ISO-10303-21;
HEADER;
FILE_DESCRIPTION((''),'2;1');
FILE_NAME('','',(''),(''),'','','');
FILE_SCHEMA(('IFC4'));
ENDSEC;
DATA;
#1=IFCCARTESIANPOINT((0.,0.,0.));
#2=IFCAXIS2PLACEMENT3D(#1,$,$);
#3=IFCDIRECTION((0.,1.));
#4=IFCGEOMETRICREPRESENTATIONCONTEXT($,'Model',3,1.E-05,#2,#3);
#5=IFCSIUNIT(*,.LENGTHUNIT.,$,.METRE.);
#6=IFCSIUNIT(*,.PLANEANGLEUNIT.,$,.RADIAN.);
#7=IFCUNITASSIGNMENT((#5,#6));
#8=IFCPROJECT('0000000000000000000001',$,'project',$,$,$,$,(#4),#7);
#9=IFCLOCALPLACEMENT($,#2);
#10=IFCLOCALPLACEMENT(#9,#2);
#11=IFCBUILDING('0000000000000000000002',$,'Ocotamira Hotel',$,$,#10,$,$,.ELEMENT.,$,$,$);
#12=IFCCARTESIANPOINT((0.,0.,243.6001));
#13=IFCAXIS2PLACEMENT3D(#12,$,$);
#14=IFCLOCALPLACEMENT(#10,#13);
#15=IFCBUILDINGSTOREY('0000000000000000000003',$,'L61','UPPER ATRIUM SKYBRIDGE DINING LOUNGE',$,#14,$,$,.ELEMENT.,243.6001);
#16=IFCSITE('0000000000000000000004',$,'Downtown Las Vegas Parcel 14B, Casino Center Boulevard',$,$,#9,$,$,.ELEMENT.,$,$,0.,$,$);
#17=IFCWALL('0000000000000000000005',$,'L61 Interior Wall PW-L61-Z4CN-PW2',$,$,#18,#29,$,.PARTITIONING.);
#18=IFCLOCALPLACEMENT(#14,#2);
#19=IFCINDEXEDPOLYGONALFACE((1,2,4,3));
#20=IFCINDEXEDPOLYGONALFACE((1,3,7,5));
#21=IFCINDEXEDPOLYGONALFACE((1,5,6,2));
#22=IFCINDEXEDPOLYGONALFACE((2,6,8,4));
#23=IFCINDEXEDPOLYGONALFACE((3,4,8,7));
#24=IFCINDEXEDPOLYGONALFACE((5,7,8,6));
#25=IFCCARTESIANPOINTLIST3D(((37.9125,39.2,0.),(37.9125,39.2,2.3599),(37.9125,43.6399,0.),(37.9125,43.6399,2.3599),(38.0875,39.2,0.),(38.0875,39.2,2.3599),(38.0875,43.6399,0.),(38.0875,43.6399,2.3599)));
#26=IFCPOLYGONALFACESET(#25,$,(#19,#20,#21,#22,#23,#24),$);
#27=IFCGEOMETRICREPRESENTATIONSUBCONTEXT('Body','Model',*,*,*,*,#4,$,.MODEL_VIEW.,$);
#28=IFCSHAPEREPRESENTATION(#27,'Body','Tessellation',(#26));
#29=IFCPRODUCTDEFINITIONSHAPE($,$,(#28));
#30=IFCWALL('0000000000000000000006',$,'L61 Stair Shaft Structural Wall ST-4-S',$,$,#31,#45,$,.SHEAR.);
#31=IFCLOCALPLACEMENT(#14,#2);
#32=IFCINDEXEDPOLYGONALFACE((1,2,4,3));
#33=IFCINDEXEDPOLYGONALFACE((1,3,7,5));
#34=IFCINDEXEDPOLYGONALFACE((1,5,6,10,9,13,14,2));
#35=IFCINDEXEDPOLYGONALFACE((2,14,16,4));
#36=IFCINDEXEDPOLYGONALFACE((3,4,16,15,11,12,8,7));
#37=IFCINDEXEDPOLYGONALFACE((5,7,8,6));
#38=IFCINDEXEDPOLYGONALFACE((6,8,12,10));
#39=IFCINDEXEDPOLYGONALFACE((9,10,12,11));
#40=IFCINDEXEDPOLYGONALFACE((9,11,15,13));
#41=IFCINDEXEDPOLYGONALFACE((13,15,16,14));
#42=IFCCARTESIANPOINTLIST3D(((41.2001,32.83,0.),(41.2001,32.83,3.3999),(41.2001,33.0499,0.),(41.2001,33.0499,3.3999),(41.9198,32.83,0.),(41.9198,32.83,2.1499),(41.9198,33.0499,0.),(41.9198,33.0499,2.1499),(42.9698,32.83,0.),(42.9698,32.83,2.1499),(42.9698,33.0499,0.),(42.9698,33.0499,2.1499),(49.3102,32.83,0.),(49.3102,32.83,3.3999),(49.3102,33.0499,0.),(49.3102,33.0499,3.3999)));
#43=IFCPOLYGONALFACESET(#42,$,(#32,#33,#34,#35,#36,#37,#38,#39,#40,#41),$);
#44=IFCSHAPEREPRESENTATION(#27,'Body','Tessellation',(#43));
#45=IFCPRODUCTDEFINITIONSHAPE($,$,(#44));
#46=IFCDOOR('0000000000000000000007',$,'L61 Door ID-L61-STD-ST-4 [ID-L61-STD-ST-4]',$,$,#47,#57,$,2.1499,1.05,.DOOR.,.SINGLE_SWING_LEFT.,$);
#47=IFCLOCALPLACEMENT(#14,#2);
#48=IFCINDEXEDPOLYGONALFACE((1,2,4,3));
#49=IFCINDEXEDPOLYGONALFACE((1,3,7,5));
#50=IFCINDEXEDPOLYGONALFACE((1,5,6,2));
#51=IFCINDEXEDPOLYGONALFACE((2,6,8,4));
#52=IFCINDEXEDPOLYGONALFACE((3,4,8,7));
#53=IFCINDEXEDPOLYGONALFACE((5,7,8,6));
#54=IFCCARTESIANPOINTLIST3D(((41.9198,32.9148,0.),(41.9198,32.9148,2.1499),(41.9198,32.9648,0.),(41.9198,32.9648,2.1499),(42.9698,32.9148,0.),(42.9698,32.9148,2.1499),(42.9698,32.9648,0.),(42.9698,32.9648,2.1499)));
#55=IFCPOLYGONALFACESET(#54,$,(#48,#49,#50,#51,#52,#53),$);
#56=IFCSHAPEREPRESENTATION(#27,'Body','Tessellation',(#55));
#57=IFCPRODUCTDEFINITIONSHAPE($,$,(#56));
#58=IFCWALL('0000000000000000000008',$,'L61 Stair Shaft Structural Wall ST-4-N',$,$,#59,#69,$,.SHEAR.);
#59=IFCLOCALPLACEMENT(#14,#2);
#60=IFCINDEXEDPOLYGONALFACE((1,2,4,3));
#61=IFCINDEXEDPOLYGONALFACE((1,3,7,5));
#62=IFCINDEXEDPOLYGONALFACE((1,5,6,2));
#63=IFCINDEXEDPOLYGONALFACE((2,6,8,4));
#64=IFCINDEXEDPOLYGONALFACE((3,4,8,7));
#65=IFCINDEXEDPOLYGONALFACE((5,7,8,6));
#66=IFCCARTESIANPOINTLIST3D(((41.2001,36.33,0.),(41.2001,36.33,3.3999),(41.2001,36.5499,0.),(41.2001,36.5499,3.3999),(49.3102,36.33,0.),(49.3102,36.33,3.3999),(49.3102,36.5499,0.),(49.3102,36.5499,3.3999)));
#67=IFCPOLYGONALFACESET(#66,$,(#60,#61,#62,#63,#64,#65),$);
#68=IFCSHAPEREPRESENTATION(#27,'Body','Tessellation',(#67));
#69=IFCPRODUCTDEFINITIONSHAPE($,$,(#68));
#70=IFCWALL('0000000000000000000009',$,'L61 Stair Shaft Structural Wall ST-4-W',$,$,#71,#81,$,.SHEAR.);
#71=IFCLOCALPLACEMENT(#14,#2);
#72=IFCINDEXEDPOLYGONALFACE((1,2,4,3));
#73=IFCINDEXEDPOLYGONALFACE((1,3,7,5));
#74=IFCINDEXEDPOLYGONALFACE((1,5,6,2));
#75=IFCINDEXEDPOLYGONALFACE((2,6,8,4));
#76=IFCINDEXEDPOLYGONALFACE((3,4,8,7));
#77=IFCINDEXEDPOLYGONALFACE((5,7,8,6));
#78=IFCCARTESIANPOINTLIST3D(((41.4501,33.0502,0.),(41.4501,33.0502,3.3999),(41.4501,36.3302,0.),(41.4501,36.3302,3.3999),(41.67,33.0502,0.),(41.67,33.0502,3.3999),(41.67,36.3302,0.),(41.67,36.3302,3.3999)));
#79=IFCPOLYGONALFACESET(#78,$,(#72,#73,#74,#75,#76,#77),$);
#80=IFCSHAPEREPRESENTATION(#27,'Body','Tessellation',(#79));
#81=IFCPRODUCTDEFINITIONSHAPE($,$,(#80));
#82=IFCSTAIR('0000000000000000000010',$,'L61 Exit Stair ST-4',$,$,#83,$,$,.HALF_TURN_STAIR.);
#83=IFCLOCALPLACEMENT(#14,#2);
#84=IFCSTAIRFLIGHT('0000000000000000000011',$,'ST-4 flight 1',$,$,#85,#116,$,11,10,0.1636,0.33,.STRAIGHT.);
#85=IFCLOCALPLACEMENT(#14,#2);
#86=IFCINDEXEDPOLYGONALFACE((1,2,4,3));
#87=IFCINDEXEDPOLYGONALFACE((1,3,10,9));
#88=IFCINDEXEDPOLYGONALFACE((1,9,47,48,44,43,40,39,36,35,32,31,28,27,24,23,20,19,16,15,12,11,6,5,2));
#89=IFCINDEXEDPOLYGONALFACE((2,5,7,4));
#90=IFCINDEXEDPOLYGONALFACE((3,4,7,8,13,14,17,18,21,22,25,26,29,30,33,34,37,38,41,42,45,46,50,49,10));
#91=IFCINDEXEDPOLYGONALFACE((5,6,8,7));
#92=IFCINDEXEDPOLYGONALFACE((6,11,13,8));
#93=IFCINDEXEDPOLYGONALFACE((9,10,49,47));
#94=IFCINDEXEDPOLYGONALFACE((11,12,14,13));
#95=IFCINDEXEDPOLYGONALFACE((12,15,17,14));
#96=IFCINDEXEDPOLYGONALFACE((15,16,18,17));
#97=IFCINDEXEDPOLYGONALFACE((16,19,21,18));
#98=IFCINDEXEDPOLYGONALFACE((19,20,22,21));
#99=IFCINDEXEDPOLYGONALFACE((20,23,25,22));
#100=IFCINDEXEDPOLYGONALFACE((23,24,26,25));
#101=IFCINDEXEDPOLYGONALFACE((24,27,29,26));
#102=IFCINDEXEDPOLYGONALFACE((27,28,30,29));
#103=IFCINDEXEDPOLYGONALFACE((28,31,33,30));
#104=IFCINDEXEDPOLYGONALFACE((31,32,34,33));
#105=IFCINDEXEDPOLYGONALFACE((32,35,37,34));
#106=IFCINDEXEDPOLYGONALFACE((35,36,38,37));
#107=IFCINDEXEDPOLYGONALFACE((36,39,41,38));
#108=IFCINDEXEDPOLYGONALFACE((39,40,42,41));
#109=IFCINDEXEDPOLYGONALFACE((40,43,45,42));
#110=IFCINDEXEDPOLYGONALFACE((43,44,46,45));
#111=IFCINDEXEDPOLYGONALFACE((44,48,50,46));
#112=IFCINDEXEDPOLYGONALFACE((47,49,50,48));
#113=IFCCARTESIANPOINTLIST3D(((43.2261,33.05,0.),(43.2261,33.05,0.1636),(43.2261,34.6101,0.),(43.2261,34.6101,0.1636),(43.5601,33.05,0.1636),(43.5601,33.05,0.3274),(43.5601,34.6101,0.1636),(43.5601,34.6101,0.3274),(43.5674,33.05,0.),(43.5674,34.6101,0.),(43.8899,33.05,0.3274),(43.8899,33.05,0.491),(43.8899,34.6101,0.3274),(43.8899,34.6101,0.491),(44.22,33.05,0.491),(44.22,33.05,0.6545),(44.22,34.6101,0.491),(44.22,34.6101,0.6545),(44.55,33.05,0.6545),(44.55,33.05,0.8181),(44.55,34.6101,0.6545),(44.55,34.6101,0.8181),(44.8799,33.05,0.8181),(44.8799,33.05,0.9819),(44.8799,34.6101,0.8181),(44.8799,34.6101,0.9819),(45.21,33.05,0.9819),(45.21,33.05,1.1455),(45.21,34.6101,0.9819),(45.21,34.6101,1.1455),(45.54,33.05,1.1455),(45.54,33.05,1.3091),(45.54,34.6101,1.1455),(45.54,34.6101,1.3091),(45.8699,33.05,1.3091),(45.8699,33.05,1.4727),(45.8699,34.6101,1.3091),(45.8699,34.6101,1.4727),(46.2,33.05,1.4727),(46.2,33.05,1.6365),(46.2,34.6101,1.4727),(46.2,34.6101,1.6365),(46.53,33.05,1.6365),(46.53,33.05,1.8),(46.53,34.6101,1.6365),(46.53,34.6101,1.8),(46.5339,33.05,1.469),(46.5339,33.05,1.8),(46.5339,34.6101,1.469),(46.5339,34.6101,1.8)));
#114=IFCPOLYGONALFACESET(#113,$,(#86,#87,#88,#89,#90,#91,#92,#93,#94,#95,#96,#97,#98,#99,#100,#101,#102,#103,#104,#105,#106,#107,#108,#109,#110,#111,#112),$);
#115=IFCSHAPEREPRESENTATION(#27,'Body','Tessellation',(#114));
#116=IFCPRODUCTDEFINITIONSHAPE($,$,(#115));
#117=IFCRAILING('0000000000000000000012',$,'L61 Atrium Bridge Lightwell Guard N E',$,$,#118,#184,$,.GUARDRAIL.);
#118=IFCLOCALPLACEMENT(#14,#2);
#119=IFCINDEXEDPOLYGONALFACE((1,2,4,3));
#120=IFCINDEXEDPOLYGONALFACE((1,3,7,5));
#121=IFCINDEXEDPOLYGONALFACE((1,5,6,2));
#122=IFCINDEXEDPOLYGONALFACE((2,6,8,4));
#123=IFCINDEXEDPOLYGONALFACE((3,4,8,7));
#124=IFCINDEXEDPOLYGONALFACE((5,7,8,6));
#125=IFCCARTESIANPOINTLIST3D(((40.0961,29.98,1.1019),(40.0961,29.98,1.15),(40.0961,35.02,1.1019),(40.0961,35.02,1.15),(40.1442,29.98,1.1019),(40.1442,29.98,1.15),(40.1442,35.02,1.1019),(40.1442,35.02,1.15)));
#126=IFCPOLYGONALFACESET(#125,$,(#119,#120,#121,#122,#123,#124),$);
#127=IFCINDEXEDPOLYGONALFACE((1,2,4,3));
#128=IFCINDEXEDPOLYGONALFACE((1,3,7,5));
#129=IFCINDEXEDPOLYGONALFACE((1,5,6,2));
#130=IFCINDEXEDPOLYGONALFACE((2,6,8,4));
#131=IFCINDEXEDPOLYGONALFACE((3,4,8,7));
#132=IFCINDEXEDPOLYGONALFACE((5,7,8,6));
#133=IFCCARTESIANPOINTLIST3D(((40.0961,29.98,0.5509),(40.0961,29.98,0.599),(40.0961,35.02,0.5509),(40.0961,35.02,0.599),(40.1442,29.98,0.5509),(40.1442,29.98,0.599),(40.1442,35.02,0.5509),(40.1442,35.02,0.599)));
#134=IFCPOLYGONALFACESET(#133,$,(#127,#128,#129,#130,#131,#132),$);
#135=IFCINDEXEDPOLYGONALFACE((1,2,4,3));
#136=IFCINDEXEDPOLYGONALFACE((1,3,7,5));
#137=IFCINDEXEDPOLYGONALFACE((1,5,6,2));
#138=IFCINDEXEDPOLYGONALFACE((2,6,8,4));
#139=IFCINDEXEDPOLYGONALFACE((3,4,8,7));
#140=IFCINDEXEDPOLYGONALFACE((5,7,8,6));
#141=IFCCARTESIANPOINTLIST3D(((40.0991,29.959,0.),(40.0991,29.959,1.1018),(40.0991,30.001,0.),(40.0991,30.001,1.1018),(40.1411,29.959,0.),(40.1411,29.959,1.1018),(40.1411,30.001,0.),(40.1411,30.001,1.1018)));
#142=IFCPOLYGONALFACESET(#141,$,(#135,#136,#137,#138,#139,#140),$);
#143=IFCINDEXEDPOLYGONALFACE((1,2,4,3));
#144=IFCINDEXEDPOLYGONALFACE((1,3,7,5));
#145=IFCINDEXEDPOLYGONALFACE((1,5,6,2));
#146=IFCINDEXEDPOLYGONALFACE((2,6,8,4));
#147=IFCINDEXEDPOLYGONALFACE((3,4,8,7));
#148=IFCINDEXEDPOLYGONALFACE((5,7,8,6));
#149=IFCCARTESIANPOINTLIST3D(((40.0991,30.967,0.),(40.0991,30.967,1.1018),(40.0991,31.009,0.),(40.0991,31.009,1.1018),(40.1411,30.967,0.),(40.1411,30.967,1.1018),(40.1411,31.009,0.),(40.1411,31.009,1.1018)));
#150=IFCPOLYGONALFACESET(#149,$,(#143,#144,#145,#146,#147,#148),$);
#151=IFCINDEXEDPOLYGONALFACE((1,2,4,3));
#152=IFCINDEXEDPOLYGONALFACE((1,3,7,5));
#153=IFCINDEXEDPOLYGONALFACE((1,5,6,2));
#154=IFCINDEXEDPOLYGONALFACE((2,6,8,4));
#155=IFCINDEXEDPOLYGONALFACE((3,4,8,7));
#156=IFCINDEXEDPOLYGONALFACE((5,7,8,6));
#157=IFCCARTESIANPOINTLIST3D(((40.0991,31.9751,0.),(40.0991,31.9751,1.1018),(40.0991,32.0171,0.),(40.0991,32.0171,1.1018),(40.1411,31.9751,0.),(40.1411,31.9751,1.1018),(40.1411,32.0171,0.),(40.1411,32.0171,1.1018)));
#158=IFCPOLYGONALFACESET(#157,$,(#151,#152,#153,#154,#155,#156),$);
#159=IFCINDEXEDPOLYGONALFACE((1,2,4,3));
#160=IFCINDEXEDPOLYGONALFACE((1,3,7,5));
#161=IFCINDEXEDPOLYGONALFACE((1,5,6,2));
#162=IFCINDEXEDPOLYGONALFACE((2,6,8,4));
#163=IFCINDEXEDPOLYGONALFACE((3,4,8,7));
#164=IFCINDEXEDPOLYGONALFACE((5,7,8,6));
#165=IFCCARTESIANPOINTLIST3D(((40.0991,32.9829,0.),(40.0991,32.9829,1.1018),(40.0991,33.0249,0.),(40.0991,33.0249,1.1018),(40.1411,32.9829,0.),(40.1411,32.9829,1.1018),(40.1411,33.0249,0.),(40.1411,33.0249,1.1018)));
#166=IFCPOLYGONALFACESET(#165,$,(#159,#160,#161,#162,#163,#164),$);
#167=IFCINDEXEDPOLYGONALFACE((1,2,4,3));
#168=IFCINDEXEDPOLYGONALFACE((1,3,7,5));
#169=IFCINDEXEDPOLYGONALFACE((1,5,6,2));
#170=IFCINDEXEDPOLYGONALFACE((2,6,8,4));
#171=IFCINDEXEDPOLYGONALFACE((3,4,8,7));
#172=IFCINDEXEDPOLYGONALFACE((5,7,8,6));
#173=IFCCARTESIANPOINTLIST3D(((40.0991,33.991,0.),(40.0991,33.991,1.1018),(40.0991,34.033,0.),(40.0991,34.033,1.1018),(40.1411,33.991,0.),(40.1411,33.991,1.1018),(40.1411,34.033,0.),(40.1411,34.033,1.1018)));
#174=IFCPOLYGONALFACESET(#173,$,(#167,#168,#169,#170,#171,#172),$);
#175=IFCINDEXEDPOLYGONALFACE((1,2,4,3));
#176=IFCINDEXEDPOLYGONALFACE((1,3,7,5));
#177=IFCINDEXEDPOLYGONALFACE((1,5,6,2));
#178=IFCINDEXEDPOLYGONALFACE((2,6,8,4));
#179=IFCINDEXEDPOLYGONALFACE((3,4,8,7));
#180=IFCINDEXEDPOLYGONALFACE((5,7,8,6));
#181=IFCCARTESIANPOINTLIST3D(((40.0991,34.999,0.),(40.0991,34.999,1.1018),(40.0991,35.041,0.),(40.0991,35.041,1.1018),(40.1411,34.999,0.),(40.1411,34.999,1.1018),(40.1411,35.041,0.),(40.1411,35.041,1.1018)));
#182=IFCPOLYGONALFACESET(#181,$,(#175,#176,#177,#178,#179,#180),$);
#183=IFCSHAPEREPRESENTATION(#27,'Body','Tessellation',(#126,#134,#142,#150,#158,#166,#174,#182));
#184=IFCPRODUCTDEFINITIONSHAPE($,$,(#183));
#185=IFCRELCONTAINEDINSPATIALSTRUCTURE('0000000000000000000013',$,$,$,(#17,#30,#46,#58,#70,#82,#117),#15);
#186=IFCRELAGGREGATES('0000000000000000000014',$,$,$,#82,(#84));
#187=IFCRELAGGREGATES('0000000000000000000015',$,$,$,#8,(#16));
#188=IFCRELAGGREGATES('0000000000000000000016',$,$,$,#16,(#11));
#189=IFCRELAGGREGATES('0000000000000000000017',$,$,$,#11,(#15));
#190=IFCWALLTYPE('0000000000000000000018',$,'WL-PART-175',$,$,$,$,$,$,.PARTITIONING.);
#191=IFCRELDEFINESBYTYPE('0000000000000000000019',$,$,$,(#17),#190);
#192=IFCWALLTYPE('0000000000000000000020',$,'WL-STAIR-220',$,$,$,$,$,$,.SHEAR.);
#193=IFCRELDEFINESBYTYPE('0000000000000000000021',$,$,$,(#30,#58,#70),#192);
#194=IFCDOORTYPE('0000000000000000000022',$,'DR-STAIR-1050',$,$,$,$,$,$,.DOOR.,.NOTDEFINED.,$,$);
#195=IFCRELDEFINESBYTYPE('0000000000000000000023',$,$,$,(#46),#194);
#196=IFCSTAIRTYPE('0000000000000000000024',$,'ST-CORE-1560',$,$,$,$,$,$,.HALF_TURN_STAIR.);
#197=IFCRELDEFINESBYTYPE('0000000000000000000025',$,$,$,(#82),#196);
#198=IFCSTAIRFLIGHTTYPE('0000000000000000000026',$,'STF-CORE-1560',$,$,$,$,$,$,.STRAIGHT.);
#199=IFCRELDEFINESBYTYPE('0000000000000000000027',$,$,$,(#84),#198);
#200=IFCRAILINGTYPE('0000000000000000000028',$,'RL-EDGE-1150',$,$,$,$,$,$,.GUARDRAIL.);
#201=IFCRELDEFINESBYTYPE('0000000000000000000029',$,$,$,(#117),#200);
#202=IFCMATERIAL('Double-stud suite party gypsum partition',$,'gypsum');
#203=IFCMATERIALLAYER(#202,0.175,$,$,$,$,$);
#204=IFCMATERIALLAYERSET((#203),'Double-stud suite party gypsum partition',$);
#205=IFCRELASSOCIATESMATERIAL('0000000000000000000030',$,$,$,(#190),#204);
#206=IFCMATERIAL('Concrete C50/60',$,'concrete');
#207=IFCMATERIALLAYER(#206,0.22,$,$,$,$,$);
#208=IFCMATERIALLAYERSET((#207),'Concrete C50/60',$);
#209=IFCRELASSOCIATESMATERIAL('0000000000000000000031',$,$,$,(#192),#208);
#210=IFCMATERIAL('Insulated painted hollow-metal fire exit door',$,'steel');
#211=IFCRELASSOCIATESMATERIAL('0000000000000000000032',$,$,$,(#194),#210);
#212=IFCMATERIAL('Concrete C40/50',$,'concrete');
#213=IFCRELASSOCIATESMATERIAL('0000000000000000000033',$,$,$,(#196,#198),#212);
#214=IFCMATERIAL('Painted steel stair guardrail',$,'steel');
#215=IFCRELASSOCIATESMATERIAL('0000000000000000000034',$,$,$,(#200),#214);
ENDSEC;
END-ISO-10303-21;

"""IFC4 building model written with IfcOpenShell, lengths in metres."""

from ifc_helpers import new_model, si_unit, direction, frame, frame_2d, origin, origin_2d, place, context, subcontext, project, spatial, polyline, rectangle, outline, extrude, source, transform, mapped, material, layer, layer_set, type_object, element, fill, aggregate, save


model = new_model("IFC4")

# Units and contexts
model_context = context("Model", 3, precision=1e-05, world=origin(), true_north=direction((0.0, 1.0)))
body_context = subcontext(model_context, "Body", "Model", "MODEL_VIEW")
ifc_project = project(units=[si_unit("LENGTHUNIT", "METRE"), si_unit("PLANEANGLEUNIT", "RADIAN")], contexts=[model_context])

# Site, building, storey
site_placement = place(None, origin())
site = spatial("IfcSite", under=ifc_project, at=site_placement, Name="Downtown Las Vegas Parcel 14B, Casino Center Boulevard", CompositionType="ELEMENT", RefElevation=0.0)
building_placement = place(site_placement, origin())
building = spatial("IfcBuilding", under=site, at=building_placement, Name="Ocotamira Hotel", CompositionType="ELEMENT")
storey_placement = place(building_placement, frame((0.0, 0.0, 243.6001)))
storey = spatial("IfcBuildingStorey", under=building, at=storey_placement, Name="L61", Description="UPPER ATRIUM SKYBRIDGE DINING LOUNGE", CompositionType="ELEMENT", Elevation=243.6001)

# Shared definitions
ifc_material_1 = material(Name="Concrete C50/60", Category="concrete")

# Wall
ifc_material_2 = material(Name="Double-stud suite party gypsum partition", Category="gypsum")
ifc_layer_1 = layer(ifc_material_2, 0.175)
ifc_layer_set_1 = layer_set([ifc_layer_1], Name="Double-stud suite party gypsum partition")
wall_type_1 = type_object("IfcWallType", Name="WL-PART-175", PredefinedType="PARTITIONING", material=ifc_layer_set_1)
wall_1_placement = place(storey_placement, frame((38.0, 39.2, 0.0), z_axis=(0.0, 0.0, 1.0), x_axis=(0.0, 1.0, 0.0)))
element("IfcWall", 1, at=wall_1_placement, inside=storey, type_object=wall_type_1, Name="L61 Interior Wall PW-L61-Z4CN-PW2", PredefinedType="PARTITIONING", context=body_context, shape_type="SweptSolid", body=[
    extrude(rectangle(XDim=4.4399, YDim=0.175, at=frame_2d((2.22, 0.0))), origin(), (0.0, 0.0, 1.0), 2.3599),
])

# Wall, opening, door
ifc_layer_2 = layer(ifc_material_1, 0.22)
ifc_layer_set_2 = layer_set([ifc_layer_2], Name="Concrete C50/60")
wall_type_2 = type_object("IfcWallType", Name="WL-STAIR-220", PredefinedType="SHEAR", material=ifc_layer_set_2)
wall_2_placement = place(storey_placement, frame((41.2, 32.9399, 0.0), z_axis=(0.0, 0.0, 1.0), x_axis=(1.0, 0.0, 0.0)))
wall_2 = element("IfcWall", 2, at=wall_2_placement, inside=storey, type_object=wall_type_2, Name="L61 Stair Shaft Structural Wall ST-4-S", PredefinedType="SHEAR", context=body_context, shape_type="SweptSolid", body=[
    extrude(rectangle(XDim=8.1101, YDim=0.22, at=frame_2d((4.0552, 0.0))), origin(), (0.0, 0.0, 1.0), 3.3999),
])
opening_1_placement = place(wall_2_placement, frame((0.72, 0.0, 0.0)))
opening_1 = element("IfcOpeningElement", 3, at=opening_1_placement, cuts=wall_2, PredefinedType="OPENING", context=body_context, shape_type="SweptSolid", body=[
    extrude(rectangle(XDim=1.05, YDim=2.1499, at=frame_2d((0.5249, 1.075))), frame((0.0, 0.1201, 0.0), z_axis=(0.0, -1.0, 0.0), x_axis=(1.0, 0.0, 0.0)), (0.0, 0.0, 1.0), 0.24),
])
ifc_material_3 = material(Name="Insulated painted hollow-metal fire exit door", Category="steel")
door_type_1 = type_object("IfcDoorType", Name="DR-STAIR-1050", OperationType="NOTDEFINED", PredefinedType="DOOR", material=ifc_material_3)
shared_shape_1 = source(origin(), body_context, "Body", "SweptSolid", [
    extrude(rectangle(XDim=1.05, YDim=2.1499, at=frame_2d((0.5249, 1.075))), frame((0.0, 0.0249, 0.0), z_axis=(0.0, -1.0, 0.0), x_axis=(1.0, 0.0, 0.0)), (0.0, 0.0, 1.0), 0.05),
])
door_1_placement = place(opening_1_placement, origin())
door_1 = element("IfcDoor", 4, at=door_1_placement, inside=storey, type_object=door_type_1, Name="L61 Door ID-L61-STD-ST-4 [ID-L61-STD-ST-4]", OperationType="SINGLE_SWING_LEFT", OverallHeight=2.1499, OverallWidth=1.05, PredefinedType="DOOR", context=body_context, shape_type="MappedRepresentation", body=[
    mapped(shared_shape_1, transform((0.0, 0.0, 0.0), scale=1.0)),
])
fill(opening_1, door_1)

# Walls
wall_3_placement = place(storey_placement, frame((41.2, 36.4399, 0.0), z_axis=(0.0, 0.0, 1.0), x_axis=(1.0, 0.0, 0.0)))
element("IfcWall", 5, at=wall_3_placement, inside=storey, type_object=wall_type_2, Name="L61 Stair Shaft Structural Wall ST-4-N", PredefinedType="SHEAR", context=body_context, shape_type="SweptSolid", body=[
    extrude(rectangle(XDim=8.1101, YDim=0.22, at=frame_2d((4.0552, 0.0))), origin(), (0.0, 0.0, 1.0), 3.3999),
])
wall_4_placement = place(storey_placement, frame((41.5601, 33.05, 0.0), z_axis=(0.0, 0.0, 1.0), x_axis=(0.0, 1.0, 0.0)))
element("IfcWall", 6, at=wall_4_placement, inside=storey, type_object=wall_type_2, Name="L61 Stair Shaft Structural Wall ST-4-W", PredefinedType="SHEAR", context=body_context, shape_type="SweptSolid", body=[
    extrude(rectangle(XDim=3.28, YDim=0.22, at=frame_2d((1.6401, 0.0))), origin(), (0.0, 0.0, 1.0), 3.3999),
])

# Stair, stair flight
ifc_material_4 = material(Name="Concrete C40/50", Category="concrete")
stair_type = type_object("IfcStairType", Name="ST-CORE-1560", PredefinedType="HALF_TURN_STAIR", material=ifc_material_4)
stair_placement = place(storey_placement, origin())
stair = element("IfcStair", 7, at=stair_placement, inside=storey, type_object=stair_type, Name="L61 Exit Stair ST-4", PredefinedType="HALF_TURN_STAIR")
stair_flight_type = type_object("IfcStairFlightType", Name="STF-CORE-1560", PredefinedType="STRAIGHT", material=ifc_material_4)
shared_shape_2 = source(origin(), body_context, "Body", "SweptSolid", [
    extrude(outline(polyline([(-0.0039, 0.0), (-0.0039, 0.1636), (0.3301, 0.1636), (0.3301, 0.3274), (0.6599, 0.3274), (0.6599, 0.491), (0.99, 0.491), (0.99, 0.6545), (1.3201, 0.6545), (1.3201, 0.8181), (1.6499, 0.8181), (1.6499, 0.9819), (1.98, 0.9819), (1.98, 1.1455), (2.3101, 1.1455), (2.3101, 1.3091), (2.6399, 1.3091), (2.6399, 1.4727), (2.97, 1.4727), (2.97, 1.6365), (3.3, 1.6365), (3.3, 1.8), (3.304, 1.8), (3.304, 1.469), (0.3374, 0.0), (-0.0039, 0.0)])), frame((0.0, 0.78, 0.0), z_axis=(0.0, -1.0, 0.0), x_axis=(1.0, 0.0, 0.0)), (0.0, 0.0, 1.0), 1.5601),
])
stair_flight_placement = place(storey_placement, frame((43.23, 33.8301, 0.0), z_axis=(0.0, 0.0, 1.0), x_axis=(1.0, 0.0, 0.0)))
stair_flight = element("IfcStairFlight", 8, at=stair_flight_placement, type_object=stair_flight_type, Name="ST-4 flight 1", NumberOfRisers=11, NumberOfTreads=10, PredefinedType="STRAIGHT", RiserHeight=0.1636, TreadLength=0.33, context=body_context, shape_type="MappedRepresentation", body=[
    mapped(shared_shape_2, transform((0.0, 0.0, 0.0), scale=1.0)),
])
aggregate(stair, [stair_flight])

# Railing
ifc_material_5 = material(Name="Painted steel stair guardrail", Category="steel")
railing_type_1 = type_object("IfcRailingType", Name="RL-EDGE-1150", PredefinedType="GUARDRAIL", material=ifc_material_5)
railing_1_placement = place(storey_placement, frame((40.1201, 29.98, 0.0)))
element("IfcRailing", 9, at=railing_1_placement, inside=storey, type_object=railing_type_1, Name="L61 Atrium Bridge Lightwell Guard N E", PredefinedType="GUARDRAIL", context=body_context, shape_type="SweptSolid", body=[
    extrude(rectangle(XDim=0.0481, YDim=0.0481, at=origin_2d()), frame((0.0, 0.0, 1.126), z_axis=(0.0, 1.0, 0.0), x_axis=(-1.0, 0.0, 0.0)), (0.0, 0.0, 1.0), 5.04),
    extrude(rectangle(XDim=0.0481, YDim=0.0481, at=origin_2d()), frame((0.0, 0.0, 0.575), z_axis=(0.0, 1.0, 0.0), x_axis=(-1.0, 0.0, 0.0)), (0.0, 0.0, 1.0), 5.04),
    extrude(rectangle(XDim=0.042, YDim=0.042, at=origin_2d()), origin(), (0.0, 0.0, 1.0), 1.1018),
    extrude(rectangle(XDim=0.042, YDim=0.042, at=origin_2d()), frame((0.0, 1.0081, 0.0)), (0.0, 0.0, 1.0), 1.1018),
    extrude(rectangle(XDim=0.042, YDim=0.042, at=origin_2d()), frame((0.0, 2.0161, 0.0)), (0.0, 0.0, 1.0), 1.1018),
    extrude(rectangle(XDim=0.042, YDim=0.042, at=origin_2d()), frame((0.0, 3.0239, 0.0)), (0.0, 0.0, 1.0), 1.1018),
    extrude(rectangle(XDim=0.042, YDim=0.042, at=origin_2d()), frame((0.0, 4.032, 0.0)), (0.0, 0.0, 1.0), 1.1018),
    extrude(rectangle(XDim=0.042, YDim=0.042, at=origin_2d()), frame((0.0, 5.04, 0.0)), (0.0, 0.0, 1.0), 1.1018),
])

save(model, "model.ifc")
